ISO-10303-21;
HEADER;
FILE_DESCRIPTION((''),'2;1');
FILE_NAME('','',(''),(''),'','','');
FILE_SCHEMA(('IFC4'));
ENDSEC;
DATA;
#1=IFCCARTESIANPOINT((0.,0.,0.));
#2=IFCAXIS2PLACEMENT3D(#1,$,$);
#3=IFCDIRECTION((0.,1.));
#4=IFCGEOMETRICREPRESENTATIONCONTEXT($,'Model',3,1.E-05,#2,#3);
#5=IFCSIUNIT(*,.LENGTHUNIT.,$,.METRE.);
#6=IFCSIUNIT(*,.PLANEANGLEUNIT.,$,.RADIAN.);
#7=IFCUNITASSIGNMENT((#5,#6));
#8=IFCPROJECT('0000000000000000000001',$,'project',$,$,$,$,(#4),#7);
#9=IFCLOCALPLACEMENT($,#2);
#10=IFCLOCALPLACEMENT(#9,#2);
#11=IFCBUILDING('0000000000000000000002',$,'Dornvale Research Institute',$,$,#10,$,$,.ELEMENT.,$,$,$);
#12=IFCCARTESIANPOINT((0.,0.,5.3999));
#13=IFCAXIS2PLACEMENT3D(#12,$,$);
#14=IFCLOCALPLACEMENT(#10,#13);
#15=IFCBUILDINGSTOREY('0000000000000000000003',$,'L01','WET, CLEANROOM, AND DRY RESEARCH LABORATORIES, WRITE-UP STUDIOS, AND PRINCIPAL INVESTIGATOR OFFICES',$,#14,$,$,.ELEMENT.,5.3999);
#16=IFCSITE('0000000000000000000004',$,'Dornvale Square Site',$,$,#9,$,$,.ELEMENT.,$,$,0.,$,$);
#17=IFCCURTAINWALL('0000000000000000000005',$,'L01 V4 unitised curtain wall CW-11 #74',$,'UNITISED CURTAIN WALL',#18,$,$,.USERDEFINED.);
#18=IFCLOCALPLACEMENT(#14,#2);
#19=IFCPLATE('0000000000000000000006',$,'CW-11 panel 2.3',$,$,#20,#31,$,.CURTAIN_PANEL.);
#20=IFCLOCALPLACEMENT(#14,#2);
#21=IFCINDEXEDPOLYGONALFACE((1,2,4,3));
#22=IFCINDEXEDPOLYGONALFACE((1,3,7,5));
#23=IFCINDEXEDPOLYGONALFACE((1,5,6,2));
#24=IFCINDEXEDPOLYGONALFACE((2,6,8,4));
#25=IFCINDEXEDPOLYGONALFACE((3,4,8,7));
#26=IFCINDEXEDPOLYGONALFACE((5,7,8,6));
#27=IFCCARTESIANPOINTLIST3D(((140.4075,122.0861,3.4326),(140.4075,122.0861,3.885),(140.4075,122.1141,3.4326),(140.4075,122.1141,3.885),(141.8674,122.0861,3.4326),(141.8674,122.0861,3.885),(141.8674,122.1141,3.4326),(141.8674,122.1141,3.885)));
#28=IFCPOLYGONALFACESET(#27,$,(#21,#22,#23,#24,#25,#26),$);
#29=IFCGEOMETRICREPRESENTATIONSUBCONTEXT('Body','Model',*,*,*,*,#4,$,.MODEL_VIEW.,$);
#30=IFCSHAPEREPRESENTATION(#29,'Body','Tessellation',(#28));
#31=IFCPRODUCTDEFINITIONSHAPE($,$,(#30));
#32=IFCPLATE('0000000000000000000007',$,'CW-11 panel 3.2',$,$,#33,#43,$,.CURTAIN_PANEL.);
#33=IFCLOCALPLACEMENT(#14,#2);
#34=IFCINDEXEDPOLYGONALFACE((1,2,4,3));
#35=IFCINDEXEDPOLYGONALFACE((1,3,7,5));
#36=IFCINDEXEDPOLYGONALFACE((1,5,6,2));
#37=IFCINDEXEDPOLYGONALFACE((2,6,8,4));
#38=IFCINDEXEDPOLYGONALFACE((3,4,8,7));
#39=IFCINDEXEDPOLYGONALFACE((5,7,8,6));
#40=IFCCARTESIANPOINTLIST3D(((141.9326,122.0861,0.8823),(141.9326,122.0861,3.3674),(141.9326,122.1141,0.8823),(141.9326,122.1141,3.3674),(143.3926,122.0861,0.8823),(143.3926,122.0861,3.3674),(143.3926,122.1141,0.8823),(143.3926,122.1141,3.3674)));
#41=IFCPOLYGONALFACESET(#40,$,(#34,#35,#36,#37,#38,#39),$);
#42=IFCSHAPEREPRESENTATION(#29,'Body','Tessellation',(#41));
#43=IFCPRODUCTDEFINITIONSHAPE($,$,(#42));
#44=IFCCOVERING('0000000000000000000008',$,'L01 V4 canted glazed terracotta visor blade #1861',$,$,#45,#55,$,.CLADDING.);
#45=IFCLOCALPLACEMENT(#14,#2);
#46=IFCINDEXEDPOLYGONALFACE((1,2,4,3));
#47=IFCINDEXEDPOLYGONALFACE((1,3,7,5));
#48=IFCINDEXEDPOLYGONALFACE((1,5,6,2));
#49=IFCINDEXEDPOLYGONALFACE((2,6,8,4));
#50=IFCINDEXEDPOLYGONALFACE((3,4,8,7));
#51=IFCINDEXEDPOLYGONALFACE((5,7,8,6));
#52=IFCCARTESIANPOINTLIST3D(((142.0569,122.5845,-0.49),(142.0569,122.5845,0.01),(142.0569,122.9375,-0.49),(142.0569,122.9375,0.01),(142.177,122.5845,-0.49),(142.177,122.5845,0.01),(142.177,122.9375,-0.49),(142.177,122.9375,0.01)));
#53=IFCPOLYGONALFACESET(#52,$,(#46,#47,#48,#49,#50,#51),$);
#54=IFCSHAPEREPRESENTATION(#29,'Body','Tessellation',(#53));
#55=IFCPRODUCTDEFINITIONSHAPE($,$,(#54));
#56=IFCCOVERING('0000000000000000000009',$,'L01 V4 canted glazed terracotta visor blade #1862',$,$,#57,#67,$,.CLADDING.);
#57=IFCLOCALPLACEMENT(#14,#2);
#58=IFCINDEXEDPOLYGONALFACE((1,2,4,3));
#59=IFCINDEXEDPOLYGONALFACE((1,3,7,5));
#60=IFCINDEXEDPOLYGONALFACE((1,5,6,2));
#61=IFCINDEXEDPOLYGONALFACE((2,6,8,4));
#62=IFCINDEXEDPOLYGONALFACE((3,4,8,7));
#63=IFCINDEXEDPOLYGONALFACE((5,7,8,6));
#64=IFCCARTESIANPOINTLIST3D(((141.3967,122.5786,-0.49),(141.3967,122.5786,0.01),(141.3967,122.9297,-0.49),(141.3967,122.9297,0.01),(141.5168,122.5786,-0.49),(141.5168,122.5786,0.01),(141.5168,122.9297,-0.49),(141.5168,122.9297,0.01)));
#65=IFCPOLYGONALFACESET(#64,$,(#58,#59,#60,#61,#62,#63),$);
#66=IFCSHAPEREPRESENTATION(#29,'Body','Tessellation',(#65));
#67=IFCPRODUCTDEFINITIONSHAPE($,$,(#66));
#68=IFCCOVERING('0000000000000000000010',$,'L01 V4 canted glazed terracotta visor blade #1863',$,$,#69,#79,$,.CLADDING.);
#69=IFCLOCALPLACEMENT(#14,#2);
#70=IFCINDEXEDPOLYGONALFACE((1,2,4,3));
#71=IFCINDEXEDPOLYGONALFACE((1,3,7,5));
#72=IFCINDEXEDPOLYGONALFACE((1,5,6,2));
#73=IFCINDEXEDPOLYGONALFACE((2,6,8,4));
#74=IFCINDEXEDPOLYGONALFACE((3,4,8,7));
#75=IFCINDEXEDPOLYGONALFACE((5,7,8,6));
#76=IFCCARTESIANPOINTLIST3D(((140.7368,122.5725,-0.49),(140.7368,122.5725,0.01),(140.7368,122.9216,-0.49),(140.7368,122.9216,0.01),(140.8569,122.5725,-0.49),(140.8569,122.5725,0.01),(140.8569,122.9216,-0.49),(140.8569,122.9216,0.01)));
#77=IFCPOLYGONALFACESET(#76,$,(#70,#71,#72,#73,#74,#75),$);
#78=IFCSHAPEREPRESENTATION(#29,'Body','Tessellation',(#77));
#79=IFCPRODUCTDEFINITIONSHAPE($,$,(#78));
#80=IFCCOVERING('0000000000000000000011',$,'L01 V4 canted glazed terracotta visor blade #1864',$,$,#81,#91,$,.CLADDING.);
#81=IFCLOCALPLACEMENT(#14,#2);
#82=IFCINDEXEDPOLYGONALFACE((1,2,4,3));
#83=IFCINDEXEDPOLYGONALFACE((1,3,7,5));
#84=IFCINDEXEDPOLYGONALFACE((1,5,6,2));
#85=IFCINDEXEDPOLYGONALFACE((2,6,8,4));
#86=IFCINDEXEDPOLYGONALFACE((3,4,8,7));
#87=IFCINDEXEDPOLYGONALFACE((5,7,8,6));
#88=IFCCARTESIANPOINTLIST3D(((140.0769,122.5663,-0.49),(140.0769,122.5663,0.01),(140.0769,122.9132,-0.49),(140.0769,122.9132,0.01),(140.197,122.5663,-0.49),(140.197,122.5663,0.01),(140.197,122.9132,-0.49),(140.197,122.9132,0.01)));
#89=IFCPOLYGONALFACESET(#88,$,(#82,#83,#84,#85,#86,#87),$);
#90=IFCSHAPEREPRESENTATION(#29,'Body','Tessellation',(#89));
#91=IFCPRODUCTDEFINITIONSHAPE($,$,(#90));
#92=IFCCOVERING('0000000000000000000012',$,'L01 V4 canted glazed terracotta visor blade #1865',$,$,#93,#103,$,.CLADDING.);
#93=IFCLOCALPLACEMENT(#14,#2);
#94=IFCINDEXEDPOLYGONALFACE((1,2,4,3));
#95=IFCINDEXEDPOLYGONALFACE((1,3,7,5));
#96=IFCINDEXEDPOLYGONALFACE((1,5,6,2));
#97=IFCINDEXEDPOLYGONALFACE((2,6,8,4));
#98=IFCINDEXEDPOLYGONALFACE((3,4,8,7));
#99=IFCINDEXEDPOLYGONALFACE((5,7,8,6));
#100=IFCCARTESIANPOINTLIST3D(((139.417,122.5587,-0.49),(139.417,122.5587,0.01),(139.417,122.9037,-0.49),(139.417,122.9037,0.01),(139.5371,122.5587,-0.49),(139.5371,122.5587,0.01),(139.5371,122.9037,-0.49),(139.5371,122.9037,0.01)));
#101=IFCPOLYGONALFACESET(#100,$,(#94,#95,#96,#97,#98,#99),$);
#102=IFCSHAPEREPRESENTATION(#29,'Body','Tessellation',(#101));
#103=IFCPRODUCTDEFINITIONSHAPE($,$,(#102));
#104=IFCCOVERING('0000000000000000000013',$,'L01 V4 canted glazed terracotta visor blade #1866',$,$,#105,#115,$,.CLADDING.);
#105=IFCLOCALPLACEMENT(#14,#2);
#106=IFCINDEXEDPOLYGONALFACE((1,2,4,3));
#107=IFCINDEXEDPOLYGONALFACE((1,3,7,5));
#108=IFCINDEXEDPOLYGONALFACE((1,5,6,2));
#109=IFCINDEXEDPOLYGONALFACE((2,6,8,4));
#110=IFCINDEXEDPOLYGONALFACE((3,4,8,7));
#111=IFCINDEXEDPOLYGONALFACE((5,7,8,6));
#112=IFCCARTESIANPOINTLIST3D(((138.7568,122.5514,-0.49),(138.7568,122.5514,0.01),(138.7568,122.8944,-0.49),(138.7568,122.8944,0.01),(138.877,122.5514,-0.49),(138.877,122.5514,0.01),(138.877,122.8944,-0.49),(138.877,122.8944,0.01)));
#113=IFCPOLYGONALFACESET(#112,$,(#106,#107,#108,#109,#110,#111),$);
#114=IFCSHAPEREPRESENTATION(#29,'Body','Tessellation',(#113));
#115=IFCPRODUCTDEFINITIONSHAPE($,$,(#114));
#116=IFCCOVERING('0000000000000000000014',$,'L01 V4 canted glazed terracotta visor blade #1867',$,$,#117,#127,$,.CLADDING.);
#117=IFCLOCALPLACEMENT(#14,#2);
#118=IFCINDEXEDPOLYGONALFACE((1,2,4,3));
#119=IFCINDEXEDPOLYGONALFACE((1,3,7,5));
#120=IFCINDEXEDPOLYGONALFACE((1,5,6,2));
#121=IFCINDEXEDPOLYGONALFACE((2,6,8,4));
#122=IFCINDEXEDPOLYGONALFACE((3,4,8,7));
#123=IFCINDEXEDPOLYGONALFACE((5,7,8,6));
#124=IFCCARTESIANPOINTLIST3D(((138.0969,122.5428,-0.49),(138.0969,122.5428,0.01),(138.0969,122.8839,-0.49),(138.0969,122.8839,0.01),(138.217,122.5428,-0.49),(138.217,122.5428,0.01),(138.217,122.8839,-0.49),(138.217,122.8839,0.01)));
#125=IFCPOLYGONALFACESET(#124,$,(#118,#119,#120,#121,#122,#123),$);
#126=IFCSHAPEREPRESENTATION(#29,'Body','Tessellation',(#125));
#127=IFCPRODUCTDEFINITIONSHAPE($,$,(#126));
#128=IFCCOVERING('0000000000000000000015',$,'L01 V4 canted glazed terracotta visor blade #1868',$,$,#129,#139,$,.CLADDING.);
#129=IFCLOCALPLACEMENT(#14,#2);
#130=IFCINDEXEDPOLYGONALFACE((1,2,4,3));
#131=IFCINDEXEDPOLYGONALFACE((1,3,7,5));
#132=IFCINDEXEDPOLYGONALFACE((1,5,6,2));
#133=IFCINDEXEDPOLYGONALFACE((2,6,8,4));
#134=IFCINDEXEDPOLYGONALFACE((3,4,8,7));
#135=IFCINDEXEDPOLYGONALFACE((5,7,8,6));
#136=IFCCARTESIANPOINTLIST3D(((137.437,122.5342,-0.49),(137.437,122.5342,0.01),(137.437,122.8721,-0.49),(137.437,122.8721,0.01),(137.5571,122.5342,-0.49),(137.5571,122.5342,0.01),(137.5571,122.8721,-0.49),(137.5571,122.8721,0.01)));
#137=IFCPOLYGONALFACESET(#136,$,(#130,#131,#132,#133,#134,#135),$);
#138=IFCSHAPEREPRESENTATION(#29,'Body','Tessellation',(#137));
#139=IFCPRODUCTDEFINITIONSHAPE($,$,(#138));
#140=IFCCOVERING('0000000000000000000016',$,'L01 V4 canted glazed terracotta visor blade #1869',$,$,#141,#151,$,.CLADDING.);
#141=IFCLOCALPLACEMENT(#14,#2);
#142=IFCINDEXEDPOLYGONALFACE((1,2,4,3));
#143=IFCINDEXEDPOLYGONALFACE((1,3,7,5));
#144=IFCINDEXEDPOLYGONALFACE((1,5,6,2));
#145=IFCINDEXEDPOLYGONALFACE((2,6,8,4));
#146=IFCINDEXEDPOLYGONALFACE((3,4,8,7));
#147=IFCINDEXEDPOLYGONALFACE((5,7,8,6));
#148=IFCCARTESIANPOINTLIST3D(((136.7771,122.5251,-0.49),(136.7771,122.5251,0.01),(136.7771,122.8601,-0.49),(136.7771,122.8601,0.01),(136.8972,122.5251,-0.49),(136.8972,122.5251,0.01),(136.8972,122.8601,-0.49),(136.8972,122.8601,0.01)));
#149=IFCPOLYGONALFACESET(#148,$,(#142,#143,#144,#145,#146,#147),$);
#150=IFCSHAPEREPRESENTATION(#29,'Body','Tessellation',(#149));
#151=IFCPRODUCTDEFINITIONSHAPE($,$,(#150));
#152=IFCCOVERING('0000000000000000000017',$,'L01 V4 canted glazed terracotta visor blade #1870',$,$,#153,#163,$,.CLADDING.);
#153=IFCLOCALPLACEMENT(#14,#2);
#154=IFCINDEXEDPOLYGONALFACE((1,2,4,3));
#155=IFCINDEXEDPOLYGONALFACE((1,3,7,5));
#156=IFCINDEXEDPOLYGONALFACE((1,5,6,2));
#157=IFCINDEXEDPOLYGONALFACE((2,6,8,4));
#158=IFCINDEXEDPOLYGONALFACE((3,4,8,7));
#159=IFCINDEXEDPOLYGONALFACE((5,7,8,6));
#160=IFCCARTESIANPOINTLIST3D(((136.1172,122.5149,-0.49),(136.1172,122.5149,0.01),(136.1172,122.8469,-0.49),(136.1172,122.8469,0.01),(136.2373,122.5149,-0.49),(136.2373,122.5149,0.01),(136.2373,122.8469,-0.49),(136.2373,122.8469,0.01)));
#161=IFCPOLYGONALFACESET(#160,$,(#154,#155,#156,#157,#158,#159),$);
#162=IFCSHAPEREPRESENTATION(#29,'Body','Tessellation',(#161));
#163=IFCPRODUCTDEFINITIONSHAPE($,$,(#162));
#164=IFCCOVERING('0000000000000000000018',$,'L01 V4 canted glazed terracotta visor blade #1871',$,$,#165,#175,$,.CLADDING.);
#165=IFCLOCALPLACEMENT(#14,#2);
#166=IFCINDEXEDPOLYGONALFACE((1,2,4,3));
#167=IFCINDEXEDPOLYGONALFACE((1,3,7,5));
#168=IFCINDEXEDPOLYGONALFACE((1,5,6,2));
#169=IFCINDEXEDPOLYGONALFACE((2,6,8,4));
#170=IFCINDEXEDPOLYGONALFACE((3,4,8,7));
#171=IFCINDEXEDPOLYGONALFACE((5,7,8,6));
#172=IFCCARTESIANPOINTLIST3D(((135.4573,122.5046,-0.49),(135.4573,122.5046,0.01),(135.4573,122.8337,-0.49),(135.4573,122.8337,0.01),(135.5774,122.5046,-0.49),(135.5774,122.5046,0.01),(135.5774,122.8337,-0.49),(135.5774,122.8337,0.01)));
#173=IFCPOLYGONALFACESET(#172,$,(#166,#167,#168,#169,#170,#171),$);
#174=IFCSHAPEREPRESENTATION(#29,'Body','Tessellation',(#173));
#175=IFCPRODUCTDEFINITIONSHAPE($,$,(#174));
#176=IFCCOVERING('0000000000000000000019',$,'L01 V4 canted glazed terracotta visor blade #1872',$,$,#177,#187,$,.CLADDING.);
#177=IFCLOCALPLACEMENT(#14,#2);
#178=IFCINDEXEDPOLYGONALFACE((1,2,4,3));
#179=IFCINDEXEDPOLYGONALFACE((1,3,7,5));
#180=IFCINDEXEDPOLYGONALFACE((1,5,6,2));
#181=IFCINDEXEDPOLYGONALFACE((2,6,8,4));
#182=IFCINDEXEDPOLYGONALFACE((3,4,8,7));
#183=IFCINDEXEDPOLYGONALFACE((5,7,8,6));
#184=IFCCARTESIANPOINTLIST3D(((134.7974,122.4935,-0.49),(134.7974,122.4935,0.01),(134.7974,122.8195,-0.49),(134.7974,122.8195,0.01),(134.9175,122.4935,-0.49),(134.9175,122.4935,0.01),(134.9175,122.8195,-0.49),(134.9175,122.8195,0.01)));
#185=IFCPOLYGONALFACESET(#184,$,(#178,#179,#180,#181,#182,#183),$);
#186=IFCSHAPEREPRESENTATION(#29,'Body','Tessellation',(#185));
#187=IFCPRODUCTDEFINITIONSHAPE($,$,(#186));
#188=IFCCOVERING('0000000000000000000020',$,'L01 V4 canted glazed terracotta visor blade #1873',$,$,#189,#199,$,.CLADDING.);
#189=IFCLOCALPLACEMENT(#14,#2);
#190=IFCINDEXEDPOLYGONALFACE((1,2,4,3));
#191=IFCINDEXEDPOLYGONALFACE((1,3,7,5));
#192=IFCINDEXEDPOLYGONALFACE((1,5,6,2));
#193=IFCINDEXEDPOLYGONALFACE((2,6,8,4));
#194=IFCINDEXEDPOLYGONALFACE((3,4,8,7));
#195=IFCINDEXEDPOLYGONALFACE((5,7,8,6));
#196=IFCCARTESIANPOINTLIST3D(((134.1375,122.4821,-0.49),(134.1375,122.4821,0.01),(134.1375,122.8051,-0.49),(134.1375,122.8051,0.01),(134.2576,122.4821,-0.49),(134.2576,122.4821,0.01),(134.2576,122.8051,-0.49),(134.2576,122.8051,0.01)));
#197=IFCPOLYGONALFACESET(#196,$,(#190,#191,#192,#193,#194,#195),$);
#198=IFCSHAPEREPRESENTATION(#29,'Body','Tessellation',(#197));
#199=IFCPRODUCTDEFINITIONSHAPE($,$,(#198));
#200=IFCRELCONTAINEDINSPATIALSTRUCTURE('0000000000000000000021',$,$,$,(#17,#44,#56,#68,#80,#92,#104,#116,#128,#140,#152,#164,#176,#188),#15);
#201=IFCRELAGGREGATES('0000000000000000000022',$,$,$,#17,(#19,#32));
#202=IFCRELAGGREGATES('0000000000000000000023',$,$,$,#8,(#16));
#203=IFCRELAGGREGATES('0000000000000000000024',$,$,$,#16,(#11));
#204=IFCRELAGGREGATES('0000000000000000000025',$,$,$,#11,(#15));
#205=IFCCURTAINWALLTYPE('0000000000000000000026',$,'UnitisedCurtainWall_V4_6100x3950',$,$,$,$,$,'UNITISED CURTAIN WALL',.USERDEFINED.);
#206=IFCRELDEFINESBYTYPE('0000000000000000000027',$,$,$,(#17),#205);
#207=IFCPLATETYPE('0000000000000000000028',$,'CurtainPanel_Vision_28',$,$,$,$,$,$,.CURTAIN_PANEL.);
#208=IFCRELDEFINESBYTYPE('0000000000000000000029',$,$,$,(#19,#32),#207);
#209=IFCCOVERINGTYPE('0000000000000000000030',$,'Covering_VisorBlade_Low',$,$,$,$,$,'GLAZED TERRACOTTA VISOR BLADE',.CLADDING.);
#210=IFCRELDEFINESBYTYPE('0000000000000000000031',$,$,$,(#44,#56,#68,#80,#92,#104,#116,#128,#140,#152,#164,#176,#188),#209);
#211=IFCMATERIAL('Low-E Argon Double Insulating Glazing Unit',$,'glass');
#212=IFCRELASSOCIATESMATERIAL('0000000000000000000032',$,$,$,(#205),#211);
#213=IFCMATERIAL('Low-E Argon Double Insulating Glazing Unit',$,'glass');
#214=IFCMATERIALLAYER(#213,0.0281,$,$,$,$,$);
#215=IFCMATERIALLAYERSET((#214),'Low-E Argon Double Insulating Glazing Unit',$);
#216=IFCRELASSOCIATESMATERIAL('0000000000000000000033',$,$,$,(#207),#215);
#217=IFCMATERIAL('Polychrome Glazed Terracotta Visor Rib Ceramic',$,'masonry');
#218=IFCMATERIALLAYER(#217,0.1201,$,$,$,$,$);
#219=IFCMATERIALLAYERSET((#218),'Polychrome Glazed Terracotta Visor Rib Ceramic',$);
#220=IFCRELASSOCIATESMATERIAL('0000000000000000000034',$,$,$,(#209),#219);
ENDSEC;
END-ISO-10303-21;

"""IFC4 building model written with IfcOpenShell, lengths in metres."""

from ifc_helpers import new_model, si_unit, direction, frame, origin, origin_2d, place, context, subcontext, project, spatial, rectangle, extrude, material, layer, layer_set, type_object, element, aggregate, save


model = new_model("IFC4")

# Units and contexts
model_context = context("Model", 3, precision=1e-05, world=origin(), true_north=direction((0.0, 1.0)))
body_context = subcontext(model_context, "Body", "Model", "MODEL_VIEW")
ifc_project = project(units=[si_unit("LENGTHUNIT", "METRE"), si_unit("PLANEANGLEUNIT", "RADIAN")], contexts=[model_context])

# Site, building, storey
site_placement = place(None, origin())
site = spatial("IfcSite", under=ifc_project, at=site_placement, Name="Dornvale Square Site", CompositionType="ELEMENT", RefElevation=0.0)
building_placement = place(site_placement, origin())
building = spatial("IfcBuilding", under=site, at=building_placement, Name="Dornvale Research Institute", CompositionType="ELEMENT")
storey_placement = place(building_placement, frame((0.0, 0.0, 5.3999)))
storey = spatial("IfcBuildingStorey", under=building, at=storey_placement, Name="L01", Description="WET, CLEANROOM, AND DRY RESEARCH LABORATORIES, WRITE-UP STUDIOS, AND PRINCIPAL INVESTIGATOR OFFICES", CompositionType="ELEMENT", Elevation=5.3999)

# Curtain wall, plates
ifc_material_1 = material(Name="Low-E Argon Double Insulating Glazing Unit", Category="glass")
curtain_wall_type = type_object("IfcCurtainWallType", Name="UnitisedCurtainWall_V4_6100x3950", ElementType="UNITISED CURTAIN WALL", PredefinedType="USERDEFINED", material=ifc_material_1)
curtain_wall_placement = place(storey_placement, origin())
curtain_wall = element("IfcCurtainWall", 1, at=curtain_wall_placement, inside=storey, type_object=curtain_wall_type, Name="L01 V4 unitised curtain wall CW-11 #74", ObjectType="UNITISED CURTAIN WALL", PredefinedType="USERDEFINED")
ifc_material_2 = material(Name="Low-E Argon Double Insulating Glazing Unit", Category="glass")
ifc_layer_1 = layer(ifc_material_2, 0.0281)
ifc_layer_set_1 = layer_set([ifc_layer_1], Name="Low-E Argon Double Insulating Glazing Unit")
plate_type_1 = type_object("IfcPlateType", Name="CurtainPanel_Vision_28", PredefinedType="CURTAIN_PANEL", material=ifc_layer_set_1)
plate_1_placement = place(storey_placement, frame((141.1375, 122.1001, 3.4326), z_axis=(0.0, 0.0, 1.0), x_axis=(1.0, 0.0, 0.0)))
plate_1 = element("IfcPlate", 2, at=plate_1_placement, type_object=plate_type_1, Name="CW-11 panel 2.3", PredefinedType="CURTAIN_PANEL", context=body_context, shape_type="SweptSolid", body=[
    extrude(rectangle(XDim=1.46, YDim=0.0281, at=origin_2d()), origin(), (0.0, 0.0, 1.0), 0.4524),
])
plate_2_placement = place(storey_placement, frame((142.6626, 122.1001, 0.8823), z_axis=(0.0, 0.0, 1.0), x_axis=(1.0, 0.0, 0.0)))
plate_2 = element("IfcPlate", 3, at=plate_2_placement, type_object=plate_type_1, Name="CW-11 panel 3.2", PredefinedType="CURTAIN_PANEL", context=body_context, shape_type="SweptSolid", body=[
    extrude(rectangle(XDim=1.46, YDim=0.0281, at=origin_2d()), origin(), (0.0, 0.0, 1.0), 2.4851),
])
aggregate(curtain_wall, [plate_1, plate_2])

# Coverings
ifc_material_3 = material(Name="Polychrome Glazed Terracotta Visor Rib Ceramic", Category="masonry")
ifc_layer_2 = layer(ifc_material_3, 0.1201)
ifc_layer_set_2 = layer_set([ifc_layer_2], Name="Polychrome Glazed Terracotta Visor Rib Ceramic")
covering_type = type_object("IfcCoveringType", Name="Covering_VisorBlade_Low", ElementType="GLAZED TERRACOTTA VISOR BLADE", PredefinedType="CLADDING", material=ifc_layer_set_2)
covering_1_placement = place(storey_placement, frame((142.1169, 122.761, -0.49), z_axis=(0.0, 0.0, 1.0), x_axis=(0.0, 1.0, 0.0)))
element("IfcCovering", 4, at=covering_1_placement, inside=storey, type_object=covering_type, Name="L01 V4 canted glazed terracotta visor blade #1861", PredefinedType="CLADDING", context=body_context, shape_type="SweptSolid", body=[
    extrude(rectangle(XDim=0.353, YDim=0.1201, at=origin_2d()), origin(), (0.0, 0.0, 1.0), 0.5),
])
covering_2_placement = place(storey_placement, frame((141.4568, 122.7542, -0.49), z_axis=(0.0, 0.0, 1.0), x_axis=(0.0, 1.0, 0.0)))
element("IfcCovering", 5, at=covering_2_placement, inside=storey, type_object=covering_type, Name="L01 V4 canted glazed terracotta visor blade #1862", PredefinedType="CLADDING", context=body_context, shape_type="SweptSolid", body=[
    extrude(rectangle(XDim=0.3511, YDim=0.1201, at=origin_2d()), origin(), (0.0, 0.0, 1.0), 0.5),
])
covering_3_placement = place(storey_placement, frame((140.7969, 122.7471, -0.49), z_axis=(0.0, 0.0, 1.0), x_axis=(0.0, 1.0, 0.0)))
element("IfcCovering", 6, at=covering_3_placement, inside=storey, type_object=covering_type, Name="L01 V4 canted glazed terracotta visor blade #1863", PredefinedType="CLADDING", context=body_context, shape_type="SweptSolid", body=[
    extrude(rectangle(XDim=0.3491, YDim=0.1201, at=origin_2d()), origin(), (0.0, 0.0, 1.0), 0.5),
])
covering_4_placement = place(storey_placement, frame((140.137, 122.7397, -0.49), z_axis=(0.0, 0.0, 1.0), x_axis=(0.0, 1.0, 0.0)))
element("IfcCovering", 7, at=covering_4_placement, inside=storey, type_object=covering_type, Name="L01 V4 canted glazed terracotta visor blade #1864", PredefinedType="CLADDING", context=body_context, shape_type="SweptSolid", body=[
    extrude(rectangle(XDim=0.3469, YDim=0.1201, at=origin_2d()), origin(), (0.0, 0.0, 1.0), 0.5),
])
covering_5_placement = place(storey_placement, frame((139.4771, 122.7312, -0.49), z_axis=(0.0, 0.0, 1.0), x_axis=(0.0, 1.0, 0.0)))
element("IfcCovering", 8, at=covering_5_placement, inside=storey, type_object=covering_type, Name="L01 V4 canted glazed terracotta visor blade #1865", PredefinedType="CLADDING", context=body_context, shape_type="SweptSolid", body=[
    extrude(rectangle(XDim=0.345, YDim=0.1201, at=origin_2d()), origin(), (0.0, 0.0, 1.0), 0.5),
])
covering_6_placement = place(storey_placement, frame((138.8169, 122.7229, -0.49), z_axis=(0.0, 0.0, 1.0), x_axis=(0.0, 1.0, 0.0)))
element("IfcCovering", 9, at=covering_6_placement, inside=storey, type_object=covering_type, Name="L01 V4 canted glazed terracotta visor blade #1866", PredefinedType="CLADDING", context=body_context, shape_type="SweptSolid", body=[
    extrude(rectangle(XDim=0.343, YDim=0.1201, at=origin_2d()), origin(), (0.0, 0.0, 1.0), 0.5),
])
covering_7_placement = place(storey_placement, frame((138.157, 122.7134, -0.49), z_axis=(0.0, 0.0, 1.0), x_axis=(0.0, 1.0, 0.0)))
element("IfcCovering", 10, at=covering_7_placement, inside=storey, type_object=covering_type, Name="L01 V4 canted glazed terracotta visor blade #1867", PredefinedType="CLADDING", context=body_context, shape_type="SweptSolid", body=[
    extrude(rectangle(XDim=0.3411, YDim=0.1201, at=origin_2d()), origin(), (0.0, 0.0, 1.0), 0.5),
])
covering_8_placement = place(storey_placement, frame((137.4971, 122.7031, -0.49), z_axis=(0.0, 0.0, 1.0), x_axis=(0.0, 1.0, 0.0)))
element("IfcCovering", 11, at=covering_8_placement, inside=storey, type_object=covering_type, Name="L01 V4 canted glazed terracotta visor blade #1868", PredefinedType="CLADDING", context=body_context, shape_type="SweptSolid", body=[
    extrude(rectangle(XDim=0.3379, YDim=0.1201, at=origin_2d()), origin(), (0.0, 0.0, 1.0), 0.5),
])
covering_9_placement = place(storey_placement, frame((136.8372, 122.6926, -0.49), z_axis=(0.0, 0.0, 1.0), x_axis=(0.0, 1.0, 0.0)))
element("IfcCovering", 12, at=covering_9_placement, inside=storey, type_object=covering_type, Name="L01 V4 canted glazed terracotta visor blade #1869", PredefinedType="CLADDING", context=body_context, shape_type="SweptSolid", body=[
    extrude(rectangle(XDim=0.335, YDim=0.1201, at=origin_2d()), origin(), (0.0, 0.0, 1.0), 0.5),
])
covering_10_placement = place(storey_placement, frame((136.1772, 122.6809, -0.49), z_axis=(0.0, 0.0, 1.0), x_axis=(0.0, 1.0, 0.0)))
element("IfcCovering", 13, at=covering_10_placement, inside=storey, type_object=covering_type, Name="L01 V4 canted glazed terracotta visor blade #1870", PredefinedType="CLADDING", context=body_context, shape_type="SweptSolid", body=[
    extrude(rectangle(XDim=0.332, YDim=0.1201, at=origin_2d()), origin(), (0.0, 0.0, 1.0), 0.5),
])
covering_11_placement = place(storey_placement, frame((135.5173, 122.6692, -0.49), z_axis=(0.0, 0.0, 1.0), x_axis=(0.0, 1.0, 0.0)))
element("IfcCovering", 14, at=covering_11_placement, inside=storey, type_object=covering_type, Name="L01 V4 canted glazed terracotta visor blade #1871", PredefinedType="CLADDING", context=body_context, shape_type="SweptSolid", body=[
    extrude(rectangle(XDim=0.3291, YDim=0.1201, at=origin_2d()), origin(), (0.0, 0.0, 1.0), 0.5),
])
covering_12_placement = place(storey_placement, frame((134.8574, 122.6565, -0.49), z_axis=(0.0, 0.0, 1.0), x_axis=(0.0, 1.0, 0.0)))
element("IfcCovering", 15, at=covering_12_placement, inside=storey, type_object=covering_type, Name="L01 V4 canted glazed terracotta visor blade #1872", PredefinedType="CLADDING", context=body_context, shape_type="SweptSolid", body=[
    extrude(rectangle(XDim=0.3259, YDim=0.1201, at=origin_2d()), origin(), (0.0, 0.0, 1.0), 0.5),
])
covering_13_placement = place(storey_placement, frame((134.1975, 122.6436, -0.49), z_axis=(0.0, 0.0, 1.0), x_axis=(0.0, 1.0, 0.0)))
element("IfcCovering", 16, at=covering_13_placement, inside=storey, type_object=covering_type, Name="L01 V4 canted glazed terracotta visor blade #1873", PredefinedType="CLADDING", context=body_context, shape_type="SweptSolid", body=[
    extrude(rectangle(XDim=0.323, YDim=0.1201, at=origin_2d()), origin(), (0.0, 0.0, 1.0), 0.5),
])

save(model, "model.ifc")
